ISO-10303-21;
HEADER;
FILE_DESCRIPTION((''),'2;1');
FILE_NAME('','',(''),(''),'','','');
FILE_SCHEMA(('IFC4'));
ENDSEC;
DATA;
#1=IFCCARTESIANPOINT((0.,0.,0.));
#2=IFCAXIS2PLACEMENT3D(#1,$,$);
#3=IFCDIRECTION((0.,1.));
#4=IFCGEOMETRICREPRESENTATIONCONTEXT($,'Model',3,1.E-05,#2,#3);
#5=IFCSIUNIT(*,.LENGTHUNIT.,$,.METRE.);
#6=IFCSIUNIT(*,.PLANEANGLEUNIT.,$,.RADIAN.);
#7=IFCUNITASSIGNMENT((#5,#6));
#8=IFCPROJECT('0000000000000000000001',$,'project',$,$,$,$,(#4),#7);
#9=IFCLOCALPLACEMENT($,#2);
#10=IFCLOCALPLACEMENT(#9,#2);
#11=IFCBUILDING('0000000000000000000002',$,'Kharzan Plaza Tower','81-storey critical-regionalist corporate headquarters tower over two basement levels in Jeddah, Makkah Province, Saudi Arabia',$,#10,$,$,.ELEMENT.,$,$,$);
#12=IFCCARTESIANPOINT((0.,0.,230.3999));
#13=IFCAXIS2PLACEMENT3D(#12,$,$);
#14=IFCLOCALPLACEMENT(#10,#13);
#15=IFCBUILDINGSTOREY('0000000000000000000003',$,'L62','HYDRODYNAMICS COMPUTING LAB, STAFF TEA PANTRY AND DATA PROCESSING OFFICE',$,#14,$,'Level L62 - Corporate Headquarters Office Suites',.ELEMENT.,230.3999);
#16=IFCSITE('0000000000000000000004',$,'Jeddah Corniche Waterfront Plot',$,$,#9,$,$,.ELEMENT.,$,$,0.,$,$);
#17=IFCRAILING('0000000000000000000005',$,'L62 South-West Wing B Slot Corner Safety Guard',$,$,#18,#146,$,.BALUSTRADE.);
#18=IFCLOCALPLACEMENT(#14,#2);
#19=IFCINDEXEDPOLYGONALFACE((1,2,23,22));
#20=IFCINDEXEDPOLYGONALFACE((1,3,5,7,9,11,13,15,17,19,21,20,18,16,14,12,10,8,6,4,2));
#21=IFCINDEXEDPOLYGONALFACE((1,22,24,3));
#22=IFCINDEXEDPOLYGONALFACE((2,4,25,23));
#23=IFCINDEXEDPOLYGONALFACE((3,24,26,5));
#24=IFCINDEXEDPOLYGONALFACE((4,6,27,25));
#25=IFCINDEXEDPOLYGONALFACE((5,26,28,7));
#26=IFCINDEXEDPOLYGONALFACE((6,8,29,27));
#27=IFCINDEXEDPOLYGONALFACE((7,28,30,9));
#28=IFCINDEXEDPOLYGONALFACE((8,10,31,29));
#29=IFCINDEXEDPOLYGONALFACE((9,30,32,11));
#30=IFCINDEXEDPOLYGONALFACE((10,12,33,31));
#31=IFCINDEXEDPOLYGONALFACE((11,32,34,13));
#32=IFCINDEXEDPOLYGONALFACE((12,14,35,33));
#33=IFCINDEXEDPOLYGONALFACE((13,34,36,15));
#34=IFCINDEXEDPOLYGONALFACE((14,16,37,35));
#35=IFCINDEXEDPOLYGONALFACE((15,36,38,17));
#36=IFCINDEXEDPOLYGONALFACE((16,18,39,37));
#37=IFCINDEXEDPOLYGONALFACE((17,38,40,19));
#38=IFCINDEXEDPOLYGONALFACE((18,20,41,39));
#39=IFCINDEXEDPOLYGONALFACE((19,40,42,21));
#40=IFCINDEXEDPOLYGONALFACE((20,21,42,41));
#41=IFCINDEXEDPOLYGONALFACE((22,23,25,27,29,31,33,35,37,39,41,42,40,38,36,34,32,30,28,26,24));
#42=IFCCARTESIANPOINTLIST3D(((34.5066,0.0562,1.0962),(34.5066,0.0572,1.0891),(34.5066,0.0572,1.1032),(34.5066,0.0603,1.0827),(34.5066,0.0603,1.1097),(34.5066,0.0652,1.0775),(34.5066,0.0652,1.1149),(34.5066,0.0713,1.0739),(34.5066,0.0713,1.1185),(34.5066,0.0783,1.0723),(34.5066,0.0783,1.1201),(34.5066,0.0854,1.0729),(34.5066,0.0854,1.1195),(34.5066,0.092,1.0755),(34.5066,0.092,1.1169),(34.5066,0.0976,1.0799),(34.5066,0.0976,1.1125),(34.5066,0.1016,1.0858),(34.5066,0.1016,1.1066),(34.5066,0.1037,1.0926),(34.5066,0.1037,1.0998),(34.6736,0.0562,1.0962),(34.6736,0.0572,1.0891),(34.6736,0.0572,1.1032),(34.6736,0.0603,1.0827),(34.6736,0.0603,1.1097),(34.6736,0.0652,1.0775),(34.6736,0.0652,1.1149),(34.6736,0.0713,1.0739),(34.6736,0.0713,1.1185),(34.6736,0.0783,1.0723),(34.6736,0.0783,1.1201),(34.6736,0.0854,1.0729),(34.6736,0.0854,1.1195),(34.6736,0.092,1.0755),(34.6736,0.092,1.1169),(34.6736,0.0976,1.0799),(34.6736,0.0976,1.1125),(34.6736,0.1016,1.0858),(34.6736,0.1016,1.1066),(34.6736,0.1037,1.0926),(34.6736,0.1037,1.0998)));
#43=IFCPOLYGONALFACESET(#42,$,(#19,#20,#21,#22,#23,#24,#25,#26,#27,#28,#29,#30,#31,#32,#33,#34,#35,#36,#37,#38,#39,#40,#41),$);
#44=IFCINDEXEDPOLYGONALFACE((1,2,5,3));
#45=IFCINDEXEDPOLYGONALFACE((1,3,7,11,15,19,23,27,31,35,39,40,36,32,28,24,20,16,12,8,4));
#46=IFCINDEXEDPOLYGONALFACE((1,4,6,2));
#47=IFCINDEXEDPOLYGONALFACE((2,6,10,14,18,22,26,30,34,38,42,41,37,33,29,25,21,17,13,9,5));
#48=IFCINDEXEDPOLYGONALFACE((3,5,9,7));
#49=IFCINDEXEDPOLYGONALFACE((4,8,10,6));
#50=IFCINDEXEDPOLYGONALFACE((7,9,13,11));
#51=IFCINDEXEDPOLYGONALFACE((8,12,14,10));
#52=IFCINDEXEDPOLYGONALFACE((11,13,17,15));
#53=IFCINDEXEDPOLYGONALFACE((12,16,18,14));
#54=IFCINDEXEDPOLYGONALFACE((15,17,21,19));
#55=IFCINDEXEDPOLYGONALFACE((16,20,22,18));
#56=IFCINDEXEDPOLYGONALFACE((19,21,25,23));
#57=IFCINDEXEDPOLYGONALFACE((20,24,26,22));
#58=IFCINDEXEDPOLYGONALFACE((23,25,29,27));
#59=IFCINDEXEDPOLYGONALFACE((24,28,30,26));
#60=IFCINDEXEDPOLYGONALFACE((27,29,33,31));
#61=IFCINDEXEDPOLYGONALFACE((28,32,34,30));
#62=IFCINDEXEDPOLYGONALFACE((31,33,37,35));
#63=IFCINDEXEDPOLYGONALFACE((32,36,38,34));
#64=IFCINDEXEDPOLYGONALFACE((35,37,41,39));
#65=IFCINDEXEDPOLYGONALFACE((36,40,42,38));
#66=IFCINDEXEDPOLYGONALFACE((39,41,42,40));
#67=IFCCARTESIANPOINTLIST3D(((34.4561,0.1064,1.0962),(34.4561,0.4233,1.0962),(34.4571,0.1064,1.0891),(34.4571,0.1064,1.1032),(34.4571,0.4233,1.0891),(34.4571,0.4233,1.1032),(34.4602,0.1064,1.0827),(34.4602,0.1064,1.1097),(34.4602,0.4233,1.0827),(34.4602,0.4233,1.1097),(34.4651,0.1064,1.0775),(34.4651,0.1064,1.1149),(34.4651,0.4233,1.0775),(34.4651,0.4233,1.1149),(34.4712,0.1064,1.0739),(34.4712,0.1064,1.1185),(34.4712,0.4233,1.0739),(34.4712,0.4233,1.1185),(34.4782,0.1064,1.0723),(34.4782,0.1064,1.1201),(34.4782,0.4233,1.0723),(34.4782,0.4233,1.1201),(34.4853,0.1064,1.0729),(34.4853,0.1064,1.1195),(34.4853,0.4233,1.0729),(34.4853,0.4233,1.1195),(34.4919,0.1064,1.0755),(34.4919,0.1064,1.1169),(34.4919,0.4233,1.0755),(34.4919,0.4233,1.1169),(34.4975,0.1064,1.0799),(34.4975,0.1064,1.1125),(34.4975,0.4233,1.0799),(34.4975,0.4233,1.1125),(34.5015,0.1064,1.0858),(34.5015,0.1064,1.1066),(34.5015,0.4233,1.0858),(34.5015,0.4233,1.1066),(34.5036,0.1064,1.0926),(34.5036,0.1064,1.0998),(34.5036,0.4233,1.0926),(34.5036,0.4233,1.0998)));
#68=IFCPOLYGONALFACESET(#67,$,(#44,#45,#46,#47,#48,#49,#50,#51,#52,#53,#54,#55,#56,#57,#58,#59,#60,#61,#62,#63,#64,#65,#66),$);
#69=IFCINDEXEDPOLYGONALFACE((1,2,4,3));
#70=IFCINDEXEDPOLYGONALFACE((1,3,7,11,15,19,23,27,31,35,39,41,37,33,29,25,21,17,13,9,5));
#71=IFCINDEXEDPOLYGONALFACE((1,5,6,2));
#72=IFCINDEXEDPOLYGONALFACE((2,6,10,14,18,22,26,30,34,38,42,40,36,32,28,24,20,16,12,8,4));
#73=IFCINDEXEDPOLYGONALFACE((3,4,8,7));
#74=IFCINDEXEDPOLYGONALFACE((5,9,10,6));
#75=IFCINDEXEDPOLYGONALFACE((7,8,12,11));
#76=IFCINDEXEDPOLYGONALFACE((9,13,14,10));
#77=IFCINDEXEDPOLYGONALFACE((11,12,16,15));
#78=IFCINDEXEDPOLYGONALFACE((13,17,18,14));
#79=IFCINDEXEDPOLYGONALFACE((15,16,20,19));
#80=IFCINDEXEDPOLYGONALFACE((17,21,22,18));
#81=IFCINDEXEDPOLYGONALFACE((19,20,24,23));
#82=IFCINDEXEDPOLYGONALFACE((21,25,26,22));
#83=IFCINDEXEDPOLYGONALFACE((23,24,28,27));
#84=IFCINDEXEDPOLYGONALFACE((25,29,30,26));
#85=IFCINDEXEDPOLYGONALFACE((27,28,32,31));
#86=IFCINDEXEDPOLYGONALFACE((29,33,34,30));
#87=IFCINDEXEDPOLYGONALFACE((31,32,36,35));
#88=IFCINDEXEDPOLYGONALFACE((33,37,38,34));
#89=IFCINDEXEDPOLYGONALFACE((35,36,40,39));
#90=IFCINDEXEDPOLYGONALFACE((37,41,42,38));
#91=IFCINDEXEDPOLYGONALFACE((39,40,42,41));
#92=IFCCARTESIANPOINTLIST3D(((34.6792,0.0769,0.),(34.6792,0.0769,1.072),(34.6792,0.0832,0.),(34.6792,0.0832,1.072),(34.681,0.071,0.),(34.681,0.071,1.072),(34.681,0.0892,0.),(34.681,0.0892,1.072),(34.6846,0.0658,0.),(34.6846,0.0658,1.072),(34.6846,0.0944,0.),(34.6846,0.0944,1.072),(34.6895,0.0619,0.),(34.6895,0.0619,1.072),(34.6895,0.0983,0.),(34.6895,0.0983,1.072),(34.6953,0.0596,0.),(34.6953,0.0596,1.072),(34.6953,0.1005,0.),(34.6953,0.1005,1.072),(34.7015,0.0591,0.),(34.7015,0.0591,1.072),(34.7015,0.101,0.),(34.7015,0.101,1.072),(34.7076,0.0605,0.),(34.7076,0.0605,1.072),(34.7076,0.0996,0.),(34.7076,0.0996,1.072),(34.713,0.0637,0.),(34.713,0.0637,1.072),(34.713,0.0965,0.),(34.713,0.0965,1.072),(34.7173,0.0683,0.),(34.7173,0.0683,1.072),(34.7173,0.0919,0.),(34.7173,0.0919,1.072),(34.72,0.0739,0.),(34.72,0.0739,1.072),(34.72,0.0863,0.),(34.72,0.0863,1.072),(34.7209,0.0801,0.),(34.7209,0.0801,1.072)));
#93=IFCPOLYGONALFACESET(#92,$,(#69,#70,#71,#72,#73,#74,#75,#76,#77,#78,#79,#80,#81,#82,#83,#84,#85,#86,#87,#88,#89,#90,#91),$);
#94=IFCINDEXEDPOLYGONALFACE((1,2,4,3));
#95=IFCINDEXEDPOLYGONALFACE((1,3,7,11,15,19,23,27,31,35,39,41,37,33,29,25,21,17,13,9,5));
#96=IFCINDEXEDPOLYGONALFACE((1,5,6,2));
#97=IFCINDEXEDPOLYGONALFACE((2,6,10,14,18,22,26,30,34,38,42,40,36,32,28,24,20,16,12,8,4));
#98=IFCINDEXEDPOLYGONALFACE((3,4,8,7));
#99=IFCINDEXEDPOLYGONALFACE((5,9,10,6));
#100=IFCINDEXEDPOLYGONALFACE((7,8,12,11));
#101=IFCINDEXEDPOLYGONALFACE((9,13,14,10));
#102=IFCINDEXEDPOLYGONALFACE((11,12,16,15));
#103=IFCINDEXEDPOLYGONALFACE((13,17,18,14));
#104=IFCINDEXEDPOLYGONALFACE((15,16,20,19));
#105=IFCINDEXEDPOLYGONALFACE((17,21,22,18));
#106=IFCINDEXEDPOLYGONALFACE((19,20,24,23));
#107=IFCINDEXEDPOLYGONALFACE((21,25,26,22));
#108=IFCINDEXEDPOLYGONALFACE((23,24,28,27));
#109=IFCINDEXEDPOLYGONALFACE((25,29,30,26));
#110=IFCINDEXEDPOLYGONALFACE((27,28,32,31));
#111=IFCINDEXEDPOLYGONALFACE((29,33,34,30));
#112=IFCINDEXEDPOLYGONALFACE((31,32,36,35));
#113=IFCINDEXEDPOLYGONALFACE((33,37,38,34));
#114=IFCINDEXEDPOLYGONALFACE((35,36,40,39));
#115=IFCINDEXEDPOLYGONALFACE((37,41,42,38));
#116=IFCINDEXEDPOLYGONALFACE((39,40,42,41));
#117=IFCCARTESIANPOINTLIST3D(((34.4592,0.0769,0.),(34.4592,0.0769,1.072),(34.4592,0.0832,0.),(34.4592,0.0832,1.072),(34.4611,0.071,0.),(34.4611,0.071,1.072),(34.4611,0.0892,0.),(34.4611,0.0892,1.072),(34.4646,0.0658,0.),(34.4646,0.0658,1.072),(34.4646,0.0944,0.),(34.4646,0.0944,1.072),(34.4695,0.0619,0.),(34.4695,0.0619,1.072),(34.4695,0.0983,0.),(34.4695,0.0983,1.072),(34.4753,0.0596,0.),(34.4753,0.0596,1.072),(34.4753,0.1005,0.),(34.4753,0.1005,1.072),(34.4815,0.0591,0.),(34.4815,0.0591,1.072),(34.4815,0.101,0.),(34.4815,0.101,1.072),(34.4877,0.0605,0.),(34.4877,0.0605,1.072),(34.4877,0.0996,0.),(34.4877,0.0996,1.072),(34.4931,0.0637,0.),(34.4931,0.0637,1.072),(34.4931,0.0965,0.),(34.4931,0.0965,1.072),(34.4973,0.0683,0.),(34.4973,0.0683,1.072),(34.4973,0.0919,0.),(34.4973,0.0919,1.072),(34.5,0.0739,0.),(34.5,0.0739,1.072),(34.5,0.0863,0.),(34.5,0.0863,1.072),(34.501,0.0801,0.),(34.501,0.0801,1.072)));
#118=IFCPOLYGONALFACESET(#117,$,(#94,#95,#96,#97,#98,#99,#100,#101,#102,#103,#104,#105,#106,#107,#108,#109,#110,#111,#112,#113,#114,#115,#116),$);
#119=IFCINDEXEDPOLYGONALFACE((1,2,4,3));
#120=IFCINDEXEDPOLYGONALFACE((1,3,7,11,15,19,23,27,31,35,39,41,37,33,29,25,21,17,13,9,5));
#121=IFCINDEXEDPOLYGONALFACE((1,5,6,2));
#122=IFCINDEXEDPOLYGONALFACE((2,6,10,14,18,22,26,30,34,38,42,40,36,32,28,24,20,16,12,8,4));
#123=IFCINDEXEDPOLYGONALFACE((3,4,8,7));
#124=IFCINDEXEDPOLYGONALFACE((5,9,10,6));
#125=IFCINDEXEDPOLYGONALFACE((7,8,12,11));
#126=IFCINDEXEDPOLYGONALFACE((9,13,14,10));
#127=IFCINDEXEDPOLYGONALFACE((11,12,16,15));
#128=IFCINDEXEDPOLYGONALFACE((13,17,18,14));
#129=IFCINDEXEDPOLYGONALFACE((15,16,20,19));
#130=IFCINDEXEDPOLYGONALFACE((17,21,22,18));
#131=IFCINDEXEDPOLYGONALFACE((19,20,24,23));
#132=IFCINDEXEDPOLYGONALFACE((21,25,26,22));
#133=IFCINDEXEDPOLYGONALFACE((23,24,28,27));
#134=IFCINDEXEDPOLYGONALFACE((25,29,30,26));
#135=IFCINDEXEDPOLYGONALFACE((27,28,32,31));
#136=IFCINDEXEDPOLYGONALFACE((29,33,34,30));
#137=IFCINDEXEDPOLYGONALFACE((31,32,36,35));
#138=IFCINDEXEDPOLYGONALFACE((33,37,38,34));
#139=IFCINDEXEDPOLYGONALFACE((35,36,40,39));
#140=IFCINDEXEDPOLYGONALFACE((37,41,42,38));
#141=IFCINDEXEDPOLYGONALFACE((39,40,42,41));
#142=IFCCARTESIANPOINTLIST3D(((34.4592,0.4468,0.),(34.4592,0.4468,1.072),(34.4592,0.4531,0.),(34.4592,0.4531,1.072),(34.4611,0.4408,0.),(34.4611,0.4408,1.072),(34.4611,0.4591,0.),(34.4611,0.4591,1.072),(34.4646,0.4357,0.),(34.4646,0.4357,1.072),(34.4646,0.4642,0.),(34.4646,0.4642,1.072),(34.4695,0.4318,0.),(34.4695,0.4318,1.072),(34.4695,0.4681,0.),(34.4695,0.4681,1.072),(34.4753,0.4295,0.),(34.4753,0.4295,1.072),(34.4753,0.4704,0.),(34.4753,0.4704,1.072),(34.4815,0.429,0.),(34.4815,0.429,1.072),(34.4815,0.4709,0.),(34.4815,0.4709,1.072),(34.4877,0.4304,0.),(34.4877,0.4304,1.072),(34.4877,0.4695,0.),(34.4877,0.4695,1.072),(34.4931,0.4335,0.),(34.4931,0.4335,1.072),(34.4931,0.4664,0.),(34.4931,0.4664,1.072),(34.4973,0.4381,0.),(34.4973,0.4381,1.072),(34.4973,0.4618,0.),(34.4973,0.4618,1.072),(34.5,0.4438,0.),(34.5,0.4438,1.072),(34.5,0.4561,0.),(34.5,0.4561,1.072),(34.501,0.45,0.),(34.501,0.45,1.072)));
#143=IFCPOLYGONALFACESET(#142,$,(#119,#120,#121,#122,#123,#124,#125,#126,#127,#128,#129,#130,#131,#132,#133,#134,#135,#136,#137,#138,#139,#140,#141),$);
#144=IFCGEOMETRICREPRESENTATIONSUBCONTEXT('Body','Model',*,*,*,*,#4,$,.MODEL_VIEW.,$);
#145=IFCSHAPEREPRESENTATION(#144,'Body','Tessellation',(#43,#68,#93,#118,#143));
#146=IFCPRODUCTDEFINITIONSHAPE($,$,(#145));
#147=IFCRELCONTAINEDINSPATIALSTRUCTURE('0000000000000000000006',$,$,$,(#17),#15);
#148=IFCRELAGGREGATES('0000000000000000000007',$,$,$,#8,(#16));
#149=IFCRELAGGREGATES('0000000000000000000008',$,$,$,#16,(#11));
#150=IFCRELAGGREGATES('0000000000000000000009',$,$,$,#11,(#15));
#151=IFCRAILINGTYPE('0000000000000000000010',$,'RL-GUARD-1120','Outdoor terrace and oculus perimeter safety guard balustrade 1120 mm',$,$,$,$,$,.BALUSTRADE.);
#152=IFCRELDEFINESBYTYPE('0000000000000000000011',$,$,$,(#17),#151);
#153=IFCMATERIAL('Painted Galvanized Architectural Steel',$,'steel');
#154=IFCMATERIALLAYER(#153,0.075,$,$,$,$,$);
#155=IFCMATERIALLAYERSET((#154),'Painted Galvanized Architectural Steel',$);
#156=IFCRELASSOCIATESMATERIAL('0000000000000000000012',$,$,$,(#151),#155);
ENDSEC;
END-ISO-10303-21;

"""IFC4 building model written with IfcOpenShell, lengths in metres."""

from ifc_helpers import new_model, si_unit, direction, frame, origin, origin_2d, place, context, subcontext, project, spatial, circle, extrude, source, transform, mapped, material, layer, layer_set, type_object, element, save


model = new_model("IFC4")

# Units and contexts
model_context = context("Model", 3, precision=1e-05, world=origin(), true_north=direction((0.0, 1.0)))
body_context = subcontext(model_context, "Body", "Model", "MODEL_VIEW")
ifc_project = project(units=[si_unit("LENGTHUNIT", "METRE"), si_unit("PLANEANGLEUNIT", "RADIAN")], contexts=[model_context])

# Site, building, storey
site_placement = place(None, origin())
site = spatial("IfcSite", under=ifc_project, at=site_placement, Name="Jeddah Corniche Waterfront Plot", CompositionType="ELEMENT", RefElevation=0.0)
building_placement = place(site_placement, origin())
building = spatial("IfcBuilding", under=site, at=building_placement, Name="Kharzan Plaza Tower", Description="81-storey critical-regionalist corporate headquarters tower over two basement levels in Jeddah, Makkah Province, Saudi Arabia", CompositionType="ELEMENT")
storey_placement = place(building_placement, frame((0.0, 0.0, 230.3999)))
storey = spatial("IfcBuildingStorey", under=building, at=storey_placement, Name="L62", Description="HYDRODYNAMICS COMPUTING LAB, STAFF TEA PANTRY AND DATA PROCESSING OFFICE", LongName="Level L62 - Corporate Headquarters Office Suites", CompositionType="ELEMENT", Elevation=230.3999)

# Railing
ifc_material_1 = material(Name="Painted Galvanized Architectural Steel", Category="steel")
ifc_layer_1 = layer(ifc_material_1, 0.075)
ifc_layer_set_1 = layer_set([ifc_layer_1], Name="Painted Galvanized Architectural Steel")
railing_type_1 = type_object("IfcRailingType", Name="RL-GUARD-1120", Description="Outdoor terrace and oculus perimeter safety guard balustrade 1120 mm", PredefinedType="BALUSTRADE", material=ifc_layer_set_1)
shared_shape_1 = source(origin(), body_context, "Body", "SweptSolid", [
    extrude(circle(Radius=0.0239, at=origin_2d()), frame((-0.0264, 0.0, 1.0962), z_axis=(-1.0, 0.0, 0.0), x_axis=(0.0, -1.0, 0.0)), (0.0, 0.0, 1.0), 0.167),
    extrude(circle(Radius=0.0239, at=origin_2d()), frame((-0.22, 0.0264, 1.0962), z_axis=(0.0, 1.0, 0.0), x_axis=(-1.0, 0.0, 0.0)), (0.0, 0.0, 1.0), 0.3169),
    extrude(circle(Radius=0.021, at=origin_2d()), origin(), (0.0, 0.0, 1.0), 1.072),
    extrude(circle(Radius=0.021, at=origin_2d()), frame((-0.22, 0.0, 0.0)), (0.0, 0.0, 1.0), 1.072),
    extrude(circle(Radius=0.021, at=origin_2d()), frame((-0.22, 0.3699, 0.0)), (0.0, 0.0, 1.0), 1.072),
])
railing_1_placement = place(storey_placement, frame((34.7, 0.0801, 0.0)))
element("IfcRailing", 1, at=railing_1_placement, inside=storey, type_object=railing_type_1, Name="L62 South-West Wing B Slot Corner Safety Guard", PredefinedType="BALUSTRADE", context=body_context, shape_type="MappedRepresentation", body=[
    mapped(shared_shape_1, transform((0.0, 0.0, 0.0), x_axis=(1.0, 0.0, 0.0), y_axis=(0.0, 1.0, 0.0), z_axis=(0.0, 0.0, 1.0))),
])

save(model, "model.ifc")
